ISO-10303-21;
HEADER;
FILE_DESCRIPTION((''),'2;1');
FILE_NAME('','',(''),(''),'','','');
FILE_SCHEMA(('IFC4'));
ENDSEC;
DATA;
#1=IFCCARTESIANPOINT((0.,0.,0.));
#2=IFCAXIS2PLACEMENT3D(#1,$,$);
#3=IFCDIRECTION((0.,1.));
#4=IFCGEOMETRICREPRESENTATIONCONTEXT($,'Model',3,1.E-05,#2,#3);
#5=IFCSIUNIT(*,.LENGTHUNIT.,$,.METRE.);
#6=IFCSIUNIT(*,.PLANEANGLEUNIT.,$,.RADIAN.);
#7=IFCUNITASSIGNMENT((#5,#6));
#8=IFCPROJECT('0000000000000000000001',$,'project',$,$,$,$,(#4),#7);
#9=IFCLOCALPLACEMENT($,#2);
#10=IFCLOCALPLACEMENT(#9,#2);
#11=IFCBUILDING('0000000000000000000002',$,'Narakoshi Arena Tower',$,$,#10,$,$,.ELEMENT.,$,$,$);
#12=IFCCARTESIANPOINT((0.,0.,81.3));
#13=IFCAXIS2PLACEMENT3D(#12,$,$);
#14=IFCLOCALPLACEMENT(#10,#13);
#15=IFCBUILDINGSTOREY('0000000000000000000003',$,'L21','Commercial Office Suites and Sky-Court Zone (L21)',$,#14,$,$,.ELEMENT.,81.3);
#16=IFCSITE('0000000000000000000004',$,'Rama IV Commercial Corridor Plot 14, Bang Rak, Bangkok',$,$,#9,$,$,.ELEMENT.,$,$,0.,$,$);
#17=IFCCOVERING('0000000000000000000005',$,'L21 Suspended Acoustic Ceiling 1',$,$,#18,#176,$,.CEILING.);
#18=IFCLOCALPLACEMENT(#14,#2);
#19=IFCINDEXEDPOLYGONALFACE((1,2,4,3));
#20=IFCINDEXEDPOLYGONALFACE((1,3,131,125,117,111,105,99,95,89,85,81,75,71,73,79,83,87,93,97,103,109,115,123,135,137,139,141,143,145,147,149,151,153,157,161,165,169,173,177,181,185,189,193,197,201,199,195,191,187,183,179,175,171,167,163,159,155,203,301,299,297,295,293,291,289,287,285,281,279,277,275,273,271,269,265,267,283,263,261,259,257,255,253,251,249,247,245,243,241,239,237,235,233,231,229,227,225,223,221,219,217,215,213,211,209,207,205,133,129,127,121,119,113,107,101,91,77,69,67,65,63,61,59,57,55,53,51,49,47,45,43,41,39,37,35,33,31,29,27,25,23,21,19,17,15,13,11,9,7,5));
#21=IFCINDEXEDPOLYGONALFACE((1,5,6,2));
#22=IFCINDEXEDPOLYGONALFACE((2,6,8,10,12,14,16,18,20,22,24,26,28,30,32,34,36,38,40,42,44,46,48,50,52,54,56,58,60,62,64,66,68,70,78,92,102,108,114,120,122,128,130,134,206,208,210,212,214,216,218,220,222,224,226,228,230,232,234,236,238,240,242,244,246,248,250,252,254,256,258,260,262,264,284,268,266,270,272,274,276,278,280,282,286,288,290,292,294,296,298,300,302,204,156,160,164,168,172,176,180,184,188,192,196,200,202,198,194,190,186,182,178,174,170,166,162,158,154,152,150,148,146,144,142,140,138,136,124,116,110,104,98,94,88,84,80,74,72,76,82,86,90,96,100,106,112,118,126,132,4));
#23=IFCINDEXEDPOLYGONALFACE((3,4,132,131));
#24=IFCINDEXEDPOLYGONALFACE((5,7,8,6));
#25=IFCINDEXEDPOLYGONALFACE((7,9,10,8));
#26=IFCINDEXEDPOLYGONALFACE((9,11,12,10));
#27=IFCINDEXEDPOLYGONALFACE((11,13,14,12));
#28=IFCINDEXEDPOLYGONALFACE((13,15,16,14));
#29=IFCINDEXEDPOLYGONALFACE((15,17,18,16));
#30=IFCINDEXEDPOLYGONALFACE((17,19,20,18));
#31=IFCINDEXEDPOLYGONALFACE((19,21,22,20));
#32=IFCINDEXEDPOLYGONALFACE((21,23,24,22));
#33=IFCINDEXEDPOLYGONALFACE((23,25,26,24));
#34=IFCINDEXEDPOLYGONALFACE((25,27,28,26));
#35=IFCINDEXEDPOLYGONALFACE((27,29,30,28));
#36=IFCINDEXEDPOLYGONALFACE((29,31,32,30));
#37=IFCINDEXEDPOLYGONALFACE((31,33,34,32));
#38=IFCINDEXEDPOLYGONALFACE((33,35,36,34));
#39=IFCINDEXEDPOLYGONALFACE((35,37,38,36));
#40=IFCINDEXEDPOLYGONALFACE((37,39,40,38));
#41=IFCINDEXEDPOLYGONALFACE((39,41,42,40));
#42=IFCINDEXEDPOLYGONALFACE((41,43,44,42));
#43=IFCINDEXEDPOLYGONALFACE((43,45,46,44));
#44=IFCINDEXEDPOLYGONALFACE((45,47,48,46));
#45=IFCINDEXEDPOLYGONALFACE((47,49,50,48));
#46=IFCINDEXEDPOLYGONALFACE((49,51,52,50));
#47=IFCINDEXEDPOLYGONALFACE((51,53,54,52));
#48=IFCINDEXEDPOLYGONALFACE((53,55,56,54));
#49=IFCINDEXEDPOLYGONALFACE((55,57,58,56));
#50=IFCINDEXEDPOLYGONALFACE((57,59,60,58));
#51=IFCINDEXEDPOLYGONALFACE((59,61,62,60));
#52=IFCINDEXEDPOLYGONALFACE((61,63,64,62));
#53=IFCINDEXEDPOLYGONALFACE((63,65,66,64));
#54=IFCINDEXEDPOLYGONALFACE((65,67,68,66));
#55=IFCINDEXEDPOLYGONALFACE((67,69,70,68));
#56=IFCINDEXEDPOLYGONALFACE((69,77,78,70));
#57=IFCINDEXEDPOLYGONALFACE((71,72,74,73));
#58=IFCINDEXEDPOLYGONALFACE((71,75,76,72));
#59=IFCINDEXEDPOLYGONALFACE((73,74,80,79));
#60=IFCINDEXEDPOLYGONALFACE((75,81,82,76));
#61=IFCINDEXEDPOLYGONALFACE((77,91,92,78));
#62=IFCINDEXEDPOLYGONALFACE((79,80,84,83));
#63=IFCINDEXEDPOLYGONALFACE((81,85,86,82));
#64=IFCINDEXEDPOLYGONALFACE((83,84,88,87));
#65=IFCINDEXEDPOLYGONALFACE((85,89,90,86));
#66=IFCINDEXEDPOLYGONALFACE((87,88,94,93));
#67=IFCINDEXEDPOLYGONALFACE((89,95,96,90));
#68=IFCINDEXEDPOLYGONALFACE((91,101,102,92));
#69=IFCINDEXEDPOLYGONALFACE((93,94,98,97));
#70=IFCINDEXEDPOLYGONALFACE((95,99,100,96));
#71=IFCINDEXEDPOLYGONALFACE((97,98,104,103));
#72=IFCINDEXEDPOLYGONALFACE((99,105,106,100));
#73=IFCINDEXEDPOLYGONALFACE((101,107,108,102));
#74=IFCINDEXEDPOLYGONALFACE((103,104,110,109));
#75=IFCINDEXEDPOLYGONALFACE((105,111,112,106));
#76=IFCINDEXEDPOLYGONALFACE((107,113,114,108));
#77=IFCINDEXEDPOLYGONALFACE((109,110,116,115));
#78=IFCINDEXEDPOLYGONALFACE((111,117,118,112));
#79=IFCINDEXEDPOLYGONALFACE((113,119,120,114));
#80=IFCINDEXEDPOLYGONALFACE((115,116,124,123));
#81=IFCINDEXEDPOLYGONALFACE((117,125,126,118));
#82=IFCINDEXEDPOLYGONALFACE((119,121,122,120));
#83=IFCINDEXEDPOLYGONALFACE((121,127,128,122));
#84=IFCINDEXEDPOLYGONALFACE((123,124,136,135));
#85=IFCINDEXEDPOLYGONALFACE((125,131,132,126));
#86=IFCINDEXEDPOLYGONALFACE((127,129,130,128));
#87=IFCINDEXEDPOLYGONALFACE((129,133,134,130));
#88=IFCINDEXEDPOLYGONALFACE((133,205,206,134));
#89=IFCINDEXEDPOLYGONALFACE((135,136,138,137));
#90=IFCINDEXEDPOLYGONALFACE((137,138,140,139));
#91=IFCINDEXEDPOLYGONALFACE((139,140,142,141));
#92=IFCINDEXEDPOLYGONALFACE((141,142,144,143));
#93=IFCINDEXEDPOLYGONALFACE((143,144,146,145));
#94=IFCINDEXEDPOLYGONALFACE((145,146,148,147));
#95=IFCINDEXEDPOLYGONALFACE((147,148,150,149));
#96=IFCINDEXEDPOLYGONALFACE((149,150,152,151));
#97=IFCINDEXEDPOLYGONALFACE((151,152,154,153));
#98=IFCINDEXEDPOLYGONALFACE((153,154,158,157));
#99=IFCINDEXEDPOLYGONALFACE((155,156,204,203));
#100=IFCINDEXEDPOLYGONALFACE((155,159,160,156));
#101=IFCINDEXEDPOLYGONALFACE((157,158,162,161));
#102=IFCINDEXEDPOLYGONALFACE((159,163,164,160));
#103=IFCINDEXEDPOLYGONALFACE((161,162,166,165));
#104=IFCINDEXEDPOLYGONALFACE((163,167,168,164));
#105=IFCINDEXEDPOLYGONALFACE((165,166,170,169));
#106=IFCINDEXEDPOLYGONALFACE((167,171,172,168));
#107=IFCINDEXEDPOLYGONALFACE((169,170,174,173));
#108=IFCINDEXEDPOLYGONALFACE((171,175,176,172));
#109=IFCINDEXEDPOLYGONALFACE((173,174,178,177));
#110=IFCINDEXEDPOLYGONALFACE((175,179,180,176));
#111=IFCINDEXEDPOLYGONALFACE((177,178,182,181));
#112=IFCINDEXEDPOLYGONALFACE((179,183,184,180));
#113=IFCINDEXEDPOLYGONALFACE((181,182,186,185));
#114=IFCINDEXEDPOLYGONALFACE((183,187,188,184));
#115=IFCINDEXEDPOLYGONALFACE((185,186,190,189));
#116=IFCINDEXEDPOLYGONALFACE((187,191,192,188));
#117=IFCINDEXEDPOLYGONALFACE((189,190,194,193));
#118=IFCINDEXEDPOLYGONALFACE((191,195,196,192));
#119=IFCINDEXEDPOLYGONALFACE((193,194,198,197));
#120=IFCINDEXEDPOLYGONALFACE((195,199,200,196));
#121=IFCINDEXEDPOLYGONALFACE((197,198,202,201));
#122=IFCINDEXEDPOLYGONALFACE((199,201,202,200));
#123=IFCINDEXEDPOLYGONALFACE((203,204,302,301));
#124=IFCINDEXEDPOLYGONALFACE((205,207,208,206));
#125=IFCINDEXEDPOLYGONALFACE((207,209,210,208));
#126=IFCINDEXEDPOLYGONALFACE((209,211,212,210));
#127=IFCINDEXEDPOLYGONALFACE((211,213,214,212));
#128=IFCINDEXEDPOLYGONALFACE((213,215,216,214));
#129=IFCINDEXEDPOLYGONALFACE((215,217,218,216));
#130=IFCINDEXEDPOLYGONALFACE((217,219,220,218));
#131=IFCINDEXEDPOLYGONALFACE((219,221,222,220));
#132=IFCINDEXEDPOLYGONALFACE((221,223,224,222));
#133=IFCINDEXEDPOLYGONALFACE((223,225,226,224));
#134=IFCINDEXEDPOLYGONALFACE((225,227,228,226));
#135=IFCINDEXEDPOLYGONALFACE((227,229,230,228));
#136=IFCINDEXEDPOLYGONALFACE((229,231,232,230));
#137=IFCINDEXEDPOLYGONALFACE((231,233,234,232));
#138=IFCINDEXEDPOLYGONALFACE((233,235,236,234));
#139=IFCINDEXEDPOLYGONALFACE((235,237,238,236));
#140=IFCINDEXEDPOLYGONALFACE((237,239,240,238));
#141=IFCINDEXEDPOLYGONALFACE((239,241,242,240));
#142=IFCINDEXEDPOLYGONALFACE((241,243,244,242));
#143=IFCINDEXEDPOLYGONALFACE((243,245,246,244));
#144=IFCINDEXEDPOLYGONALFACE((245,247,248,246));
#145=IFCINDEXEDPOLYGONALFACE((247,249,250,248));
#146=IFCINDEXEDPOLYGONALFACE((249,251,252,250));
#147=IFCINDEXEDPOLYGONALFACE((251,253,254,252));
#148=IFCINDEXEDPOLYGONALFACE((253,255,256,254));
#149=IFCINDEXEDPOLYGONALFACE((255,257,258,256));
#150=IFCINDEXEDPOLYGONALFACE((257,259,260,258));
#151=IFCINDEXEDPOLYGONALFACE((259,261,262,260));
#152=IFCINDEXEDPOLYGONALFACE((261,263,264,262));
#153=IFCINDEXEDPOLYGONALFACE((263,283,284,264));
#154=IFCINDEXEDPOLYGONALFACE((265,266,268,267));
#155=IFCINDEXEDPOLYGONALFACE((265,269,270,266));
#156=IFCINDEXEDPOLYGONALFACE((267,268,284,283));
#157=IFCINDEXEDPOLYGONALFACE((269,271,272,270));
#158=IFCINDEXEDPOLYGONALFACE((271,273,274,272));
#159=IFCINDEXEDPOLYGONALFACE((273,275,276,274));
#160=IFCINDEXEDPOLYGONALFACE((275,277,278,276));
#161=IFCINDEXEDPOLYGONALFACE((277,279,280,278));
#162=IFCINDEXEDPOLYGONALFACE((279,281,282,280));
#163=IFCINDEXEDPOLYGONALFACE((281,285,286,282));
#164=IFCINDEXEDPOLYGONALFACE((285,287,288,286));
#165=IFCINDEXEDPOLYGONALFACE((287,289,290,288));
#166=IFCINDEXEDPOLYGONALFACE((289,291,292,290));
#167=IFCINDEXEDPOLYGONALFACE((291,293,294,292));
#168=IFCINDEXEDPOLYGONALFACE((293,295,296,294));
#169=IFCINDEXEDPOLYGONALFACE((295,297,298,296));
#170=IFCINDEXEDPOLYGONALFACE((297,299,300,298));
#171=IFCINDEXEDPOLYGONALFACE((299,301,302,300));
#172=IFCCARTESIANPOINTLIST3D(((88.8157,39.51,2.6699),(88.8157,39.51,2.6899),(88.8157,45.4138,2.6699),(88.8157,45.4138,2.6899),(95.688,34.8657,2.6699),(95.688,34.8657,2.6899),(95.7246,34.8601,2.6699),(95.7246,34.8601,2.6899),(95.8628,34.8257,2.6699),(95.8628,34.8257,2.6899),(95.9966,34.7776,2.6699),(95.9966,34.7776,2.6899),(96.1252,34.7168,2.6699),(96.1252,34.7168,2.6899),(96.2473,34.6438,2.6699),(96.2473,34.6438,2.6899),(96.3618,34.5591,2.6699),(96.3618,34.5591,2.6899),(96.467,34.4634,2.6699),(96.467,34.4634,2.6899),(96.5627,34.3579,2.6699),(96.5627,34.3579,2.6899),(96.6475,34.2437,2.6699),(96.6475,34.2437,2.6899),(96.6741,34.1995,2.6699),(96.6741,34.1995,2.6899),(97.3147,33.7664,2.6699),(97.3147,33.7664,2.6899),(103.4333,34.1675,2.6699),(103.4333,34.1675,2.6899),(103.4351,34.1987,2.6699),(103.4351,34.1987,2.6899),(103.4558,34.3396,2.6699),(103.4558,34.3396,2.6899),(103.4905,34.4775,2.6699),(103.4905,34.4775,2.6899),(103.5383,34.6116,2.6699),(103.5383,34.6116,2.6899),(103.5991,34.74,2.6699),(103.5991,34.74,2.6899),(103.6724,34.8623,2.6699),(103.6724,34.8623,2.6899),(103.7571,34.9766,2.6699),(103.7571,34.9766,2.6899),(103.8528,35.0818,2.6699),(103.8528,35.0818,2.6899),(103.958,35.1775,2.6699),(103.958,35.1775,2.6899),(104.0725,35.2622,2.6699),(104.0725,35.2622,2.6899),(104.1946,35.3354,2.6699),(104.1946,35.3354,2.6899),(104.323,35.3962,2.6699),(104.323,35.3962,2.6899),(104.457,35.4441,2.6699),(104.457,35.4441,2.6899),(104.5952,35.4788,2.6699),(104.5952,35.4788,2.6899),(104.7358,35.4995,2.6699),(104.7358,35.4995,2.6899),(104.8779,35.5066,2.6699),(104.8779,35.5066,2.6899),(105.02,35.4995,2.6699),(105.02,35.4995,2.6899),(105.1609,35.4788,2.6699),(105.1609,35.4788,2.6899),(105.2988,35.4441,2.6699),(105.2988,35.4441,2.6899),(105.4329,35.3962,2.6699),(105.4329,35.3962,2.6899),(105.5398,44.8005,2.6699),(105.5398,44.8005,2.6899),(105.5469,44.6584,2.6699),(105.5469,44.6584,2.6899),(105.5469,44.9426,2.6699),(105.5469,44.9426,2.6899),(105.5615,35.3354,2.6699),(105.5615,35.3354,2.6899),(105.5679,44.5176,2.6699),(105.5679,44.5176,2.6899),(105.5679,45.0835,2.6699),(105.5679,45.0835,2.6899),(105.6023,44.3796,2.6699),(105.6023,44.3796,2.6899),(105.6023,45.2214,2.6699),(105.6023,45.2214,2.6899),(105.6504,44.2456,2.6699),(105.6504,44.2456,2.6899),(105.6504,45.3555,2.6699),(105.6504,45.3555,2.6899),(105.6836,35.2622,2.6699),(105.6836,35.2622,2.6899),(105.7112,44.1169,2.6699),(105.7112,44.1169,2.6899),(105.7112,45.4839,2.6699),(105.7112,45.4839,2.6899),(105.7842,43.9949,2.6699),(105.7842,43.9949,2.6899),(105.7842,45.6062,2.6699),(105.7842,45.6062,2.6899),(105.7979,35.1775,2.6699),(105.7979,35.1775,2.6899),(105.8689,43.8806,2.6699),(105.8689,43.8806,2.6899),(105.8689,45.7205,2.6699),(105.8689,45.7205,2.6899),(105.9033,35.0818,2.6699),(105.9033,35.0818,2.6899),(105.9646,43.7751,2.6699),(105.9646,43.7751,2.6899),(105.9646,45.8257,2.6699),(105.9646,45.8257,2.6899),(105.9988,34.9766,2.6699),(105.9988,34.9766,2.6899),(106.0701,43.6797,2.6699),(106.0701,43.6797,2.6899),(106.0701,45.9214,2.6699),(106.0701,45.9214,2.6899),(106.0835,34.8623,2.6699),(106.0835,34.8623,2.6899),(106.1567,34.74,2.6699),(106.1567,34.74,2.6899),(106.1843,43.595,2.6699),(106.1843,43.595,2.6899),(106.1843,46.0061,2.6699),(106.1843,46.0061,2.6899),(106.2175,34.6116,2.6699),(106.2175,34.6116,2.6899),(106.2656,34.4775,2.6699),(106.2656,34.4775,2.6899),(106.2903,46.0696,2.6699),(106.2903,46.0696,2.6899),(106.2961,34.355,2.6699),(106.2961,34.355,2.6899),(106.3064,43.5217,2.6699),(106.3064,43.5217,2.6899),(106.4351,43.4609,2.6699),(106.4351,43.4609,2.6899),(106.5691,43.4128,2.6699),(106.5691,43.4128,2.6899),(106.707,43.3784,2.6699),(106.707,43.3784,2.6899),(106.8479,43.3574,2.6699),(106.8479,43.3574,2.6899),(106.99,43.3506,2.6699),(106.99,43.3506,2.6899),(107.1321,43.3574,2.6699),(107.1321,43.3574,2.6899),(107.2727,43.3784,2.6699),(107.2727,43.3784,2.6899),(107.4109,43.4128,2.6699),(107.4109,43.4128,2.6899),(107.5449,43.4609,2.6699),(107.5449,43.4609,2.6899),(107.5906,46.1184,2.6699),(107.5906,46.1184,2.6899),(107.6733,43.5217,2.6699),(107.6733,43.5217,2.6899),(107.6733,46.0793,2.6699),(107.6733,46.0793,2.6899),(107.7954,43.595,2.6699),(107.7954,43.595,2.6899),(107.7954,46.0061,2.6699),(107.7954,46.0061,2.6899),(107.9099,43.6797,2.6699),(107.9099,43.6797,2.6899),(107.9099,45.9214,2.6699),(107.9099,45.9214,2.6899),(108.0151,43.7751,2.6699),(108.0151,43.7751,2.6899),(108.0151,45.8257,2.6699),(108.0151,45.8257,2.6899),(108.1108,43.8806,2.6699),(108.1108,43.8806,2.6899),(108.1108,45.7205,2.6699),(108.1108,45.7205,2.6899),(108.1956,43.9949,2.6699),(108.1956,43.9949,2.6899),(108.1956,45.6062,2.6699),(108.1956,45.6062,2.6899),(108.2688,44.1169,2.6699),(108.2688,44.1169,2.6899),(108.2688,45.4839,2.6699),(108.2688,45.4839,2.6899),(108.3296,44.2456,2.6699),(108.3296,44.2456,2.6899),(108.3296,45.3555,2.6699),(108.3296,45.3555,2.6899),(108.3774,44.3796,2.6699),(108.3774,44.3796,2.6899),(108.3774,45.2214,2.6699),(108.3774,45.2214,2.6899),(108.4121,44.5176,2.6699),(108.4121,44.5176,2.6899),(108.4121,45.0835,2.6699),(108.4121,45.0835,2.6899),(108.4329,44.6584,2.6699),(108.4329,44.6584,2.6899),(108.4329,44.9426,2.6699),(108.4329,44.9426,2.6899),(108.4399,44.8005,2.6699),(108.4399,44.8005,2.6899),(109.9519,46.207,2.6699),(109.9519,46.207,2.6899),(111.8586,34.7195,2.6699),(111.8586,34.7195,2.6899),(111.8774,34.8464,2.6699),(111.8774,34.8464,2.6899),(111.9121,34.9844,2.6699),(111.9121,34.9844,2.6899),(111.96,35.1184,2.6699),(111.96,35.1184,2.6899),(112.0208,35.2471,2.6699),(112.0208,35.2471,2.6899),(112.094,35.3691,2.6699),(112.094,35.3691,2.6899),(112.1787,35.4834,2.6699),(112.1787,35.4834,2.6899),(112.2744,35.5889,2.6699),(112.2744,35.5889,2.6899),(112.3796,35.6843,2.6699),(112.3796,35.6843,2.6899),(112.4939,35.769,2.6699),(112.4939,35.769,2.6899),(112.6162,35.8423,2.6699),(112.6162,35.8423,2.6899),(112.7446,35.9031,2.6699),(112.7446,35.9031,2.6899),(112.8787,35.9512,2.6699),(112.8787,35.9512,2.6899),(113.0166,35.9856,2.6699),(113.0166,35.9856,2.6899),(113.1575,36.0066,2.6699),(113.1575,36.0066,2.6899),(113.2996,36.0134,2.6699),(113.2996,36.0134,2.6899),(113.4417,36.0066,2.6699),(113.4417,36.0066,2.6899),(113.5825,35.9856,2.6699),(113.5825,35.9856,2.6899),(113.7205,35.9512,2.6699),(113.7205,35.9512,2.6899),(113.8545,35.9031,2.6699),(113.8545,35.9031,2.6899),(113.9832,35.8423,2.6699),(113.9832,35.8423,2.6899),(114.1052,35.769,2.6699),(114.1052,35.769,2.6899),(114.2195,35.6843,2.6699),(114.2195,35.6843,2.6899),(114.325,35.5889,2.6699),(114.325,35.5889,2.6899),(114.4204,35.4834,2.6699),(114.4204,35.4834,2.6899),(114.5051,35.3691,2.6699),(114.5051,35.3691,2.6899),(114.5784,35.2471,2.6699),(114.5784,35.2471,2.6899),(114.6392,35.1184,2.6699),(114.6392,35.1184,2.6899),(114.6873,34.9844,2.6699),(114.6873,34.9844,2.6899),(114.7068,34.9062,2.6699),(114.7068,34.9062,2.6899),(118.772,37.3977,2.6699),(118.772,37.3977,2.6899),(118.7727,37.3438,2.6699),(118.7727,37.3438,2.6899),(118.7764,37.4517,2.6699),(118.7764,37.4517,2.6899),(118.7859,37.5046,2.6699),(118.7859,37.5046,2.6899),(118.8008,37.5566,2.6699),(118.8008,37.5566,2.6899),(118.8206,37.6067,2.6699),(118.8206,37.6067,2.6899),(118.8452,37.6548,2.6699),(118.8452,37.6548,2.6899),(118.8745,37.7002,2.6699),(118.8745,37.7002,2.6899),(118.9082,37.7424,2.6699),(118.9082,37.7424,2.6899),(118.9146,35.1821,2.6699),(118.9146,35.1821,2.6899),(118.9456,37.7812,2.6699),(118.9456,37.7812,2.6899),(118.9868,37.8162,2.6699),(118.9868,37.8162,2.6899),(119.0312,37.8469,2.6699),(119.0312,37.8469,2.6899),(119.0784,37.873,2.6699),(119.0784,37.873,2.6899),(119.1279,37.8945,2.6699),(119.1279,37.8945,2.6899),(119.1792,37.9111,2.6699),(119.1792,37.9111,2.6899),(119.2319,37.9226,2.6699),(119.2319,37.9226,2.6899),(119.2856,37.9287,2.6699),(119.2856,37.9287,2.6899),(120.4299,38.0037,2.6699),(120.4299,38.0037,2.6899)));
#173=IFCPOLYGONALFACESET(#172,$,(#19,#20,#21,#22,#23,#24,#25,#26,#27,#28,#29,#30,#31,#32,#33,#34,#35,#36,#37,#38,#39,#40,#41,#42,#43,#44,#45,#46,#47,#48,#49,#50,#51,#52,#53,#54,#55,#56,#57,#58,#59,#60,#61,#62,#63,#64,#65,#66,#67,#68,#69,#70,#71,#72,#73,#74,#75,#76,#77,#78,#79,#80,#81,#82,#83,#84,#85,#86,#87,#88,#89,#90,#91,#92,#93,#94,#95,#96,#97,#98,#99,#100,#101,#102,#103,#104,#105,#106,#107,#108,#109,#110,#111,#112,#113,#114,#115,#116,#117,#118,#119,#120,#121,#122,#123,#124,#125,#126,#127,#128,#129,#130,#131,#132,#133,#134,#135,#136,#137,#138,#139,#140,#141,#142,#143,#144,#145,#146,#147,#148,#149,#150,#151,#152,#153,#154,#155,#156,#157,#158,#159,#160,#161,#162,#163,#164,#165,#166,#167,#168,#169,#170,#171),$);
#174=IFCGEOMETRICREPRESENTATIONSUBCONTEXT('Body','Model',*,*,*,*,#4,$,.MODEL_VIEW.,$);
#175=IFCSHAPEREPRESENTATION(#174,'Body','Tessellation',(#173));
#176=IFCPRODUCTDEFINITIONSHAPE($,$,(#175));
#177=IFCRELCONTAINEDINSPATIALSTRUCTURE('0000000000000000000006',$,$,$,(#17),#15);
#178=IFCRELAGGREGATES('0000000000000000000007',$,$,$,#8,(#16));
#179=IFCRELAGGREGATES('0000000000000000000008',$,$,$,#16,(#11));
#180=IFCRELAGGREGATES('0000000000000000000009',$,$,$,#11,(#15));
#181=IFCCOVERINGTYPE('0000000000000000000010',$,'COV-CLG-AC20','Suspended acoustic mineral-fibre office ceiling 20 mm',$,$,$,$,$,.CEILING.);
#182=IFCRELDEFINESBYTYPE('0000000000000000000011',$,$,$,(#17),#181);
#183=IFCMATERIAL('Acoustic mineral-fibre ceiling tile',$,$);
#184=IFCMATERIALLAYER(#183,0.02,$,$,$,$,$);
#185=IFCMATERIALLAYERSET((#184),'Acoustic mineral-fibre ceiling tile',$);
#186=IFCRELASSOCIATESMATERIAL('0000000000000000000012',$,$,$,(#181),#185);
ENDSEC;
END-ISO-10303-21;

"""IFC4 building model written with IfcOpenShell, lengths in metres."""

from ifc_helpers import new_model, si_unit, direction, frame, origin, place, context, subcontext, project, spatial, polyline, outline, extrude, material, layer, layer_set, type_object, element, save


model = new_model("IFC4")

# Units and contexts
model_context = context("Model", 3, precision=1e-05, world=origin(), true_north=direction((0.0, 1.0)))
body_context = subcontext(model_context, "Body", "Model", "MODEL_VIEW")
ifc_project = project(units=[si_unit("LENGTHUNIT", "METRE"), si_unit("PLANEANGLEUNIT", "RADIAN")], contexts=[model_context])

# Site, building, storey
site_placement = place(None, origin())
site = spatial("IfcSite", under=ifc_project, at=site_placement, Name="Rama IV Commercial Corridor Plot 14, Bang Rak, Bangkok", CompositionType="ELEMENT", RefElevation=0.0)
building_placement = place(site_placement, origin())
building = spatial("IfcBuilding", under=site, at=building_placement, Name="Narakoshi Arena Tower", CompositionType="ELEMENT")
storey_placement = place(building_placement, frame((0.0, 0.0, 81.3)))
storey = spatial("IfcBuildingStorey", under=building, at=storey_placement, Name="L21", Description="Commercial Office Suites and Sky-Court Zone (L21)", CompositionType="ELEMENT", Elevation=81.3)

# Covering
ifc_material_1 = material(Name="Acoustic mineral-fibre ceiling tile")
ifc_layer_1 = layer(ifc_material_1, 0.02)
ifc_layer_set_1 = layer_set([ifc_layer_1], Name="Acoustic mineral-fibre ceiling tile")
covering_type_1 = type_object("IfcCoveringType", Name="COV-CLG-AC20", Description="Suspended acoustic mineral-fibre office ceiling 20 mm", PredefinedType="CEILING", material=ifc_layer_set_1)
covering_1_placement = place(storey_placement, frame((0.0, 0.0, 2.6699)))
element("IfcCovering", 1, at=covering_1_placement, inside=storey, type_object=covering_type_1, Name="L21 Suspended Acoustic Ceiling 1", PredefinedType="CEILING", context=body_context, shape_type="SweptSolid", body=[
    extrude(outline(polyline([(119.2856, 37.9287), (119.2319, 37.9226), (119.1792, 37.9111), (119.1279, 37.8945), (119.0784, 37.873), (119.0312, 37.8469), (118.9868, 37.8162), (118.9456, 37.7812), (118.9082, 37.7424), (118.8745, 37.7002), (118.8452, 37.6548), (118.8206, 37.6067), (118.8008, 37.5566), (118.7859, 37.5046), (118.7764, 37.4517), (118.772, 37.3977), (118.7727, 37.3438), (118.9146, 35.1821), (114.7068, 34.9062), (114.6873, 34.9844), (114.6392, 35.1184), (114.5784, 35.2471), (114.5051, 35.3691), (114.4204, 35.4834), (114.325, 35.5889), (114.2195, 35.6843), (114.1052, 35.769), (113.9832, 35.8423), (113.8545, 35.9031), (113.7205, 35.9512), (113.5825, 35.9856), (113.4417, 36.0066), (113.2996, 36.0134), (113.1575, 36.0066), (113.0166, 35.9856), (112.8787, 35.9512), (112.7446, 35.9031), (112.6162, 35.8423), (112.4939, 35.769), (112.3796, 35.6843), (112.2744, 35.5889), (112.1787, 35.4834), (112.094, 35.3691), (112.0208, 35.2471), (111.96, 35.1184), (111.9121, 34.9844), (111.8774, 34.8464), (111.8586, 34.7195), (106.2961, 34.355), (106.2656, 34.4775), (106.2175, 34.6116), (106.1567, 34.74), (106.0835, 34.8623), (105.9988, 34.9766), (105.9033, 35.0818), (105.7979, 35.1775), (105.6836, 35.2622), (105.5615, 35.3354), (105.4329, 35.3962), (105.2988, 35.4441), (105.1609, 35.4788), (105.02, 35.4995), (104.8779, 35.5066), (104.7358, 35.4995), (104.5952, 35.4788), (104.457, 35.4441), (104.323, 35.3962), (104.1946, 35.3354), (104.0725, 35.2622), (103.958, 35.1775), (103.8528, 35.0818), (103.7571, 34.9766), (103.6724, 34.8623), (103.5991, 34.74), (103.5383, 34.6116), (103.4905, 34.4775), (103.4558, 34.3396), (103.4351, 34.1987), (103.4333, 34.1675), (97.3147, 33.7664), (96.6741, 34.1995), (96.6475, 34.2437), (96.5627, 34.3579), (96.467, 34.4634), (96.3618, 34.5591), (96.2473, 34.6438), (96.1252, 34.7168), (95.9966, 34.7776), (95.8628, 34.8257), (95.7246, 34.8601), (95.688, 34.8657), (88.8157, 39.51), (88.8157, 45.4138), (106.2903, 46.0696), (106.1843, 46.0061), (106.0701, 45.9214), (105.9646, 45.8257), (105.8689, 45.7205), (105.7842, 45.6062), (105.7112, 45.4839), (105.6504, 45.3555), (105.6023, 45.2214), (105.5679, 45.0835), (105.5469, 44.9426), (105.5398, 44.8005), (105.5469, 44.6584), (105.5679, 44.5176), (105.6023, 44.3796), (105.6504, 44.2456), (105.7112, 44.1169), (105.7842, 43.9949), (105.8689, 43.8806), (105.9646, 43.7751), (106.0701, 43.6797), (106.1843, 43.595), (106.3064, 43.5217), (106.4351, 43.4609), (106.5691, 43.4128), (106.707, 43.3784), (106.8479, 43.3574), (106.99, 43.3506), (107.1321, 43.3574), (107.2727, 43.3784), (107.4109, 43.4128), (107.5449, 43.4609), (107.6733, 43.5217), (107.7954, 43.595), (107.9099, 43.6797), (108.0151, 43.7751), (108.1108, 43.8806), (108.1956, 43.9949), (108.2688, 44.1169), (108.3296, 44.2456), (108.3774, 44.3796), (108.4121, 44.5176), (108.4329, 44.6584), (108.4399, 44.8005), (108.4329, 44.9426), (108.4121, 45.0835), (108.3774, 45.2214), (108.3296, 45.3555), (108.2688, 45.4839), (108.1956, 45.6062), (108.1108, 45.7205), (108.0151, 45.8257), (107.9099, 45.9214), (107.7954, 46.0061), (107.6733, 46.0793), (107.5906, 46.1184), (109.9519, 46.207), (120.4299, 38.0037), (119.2856, 37.9287)])), origin(), (0.0, 0.0, 1.0), 0.02),
])

save(model, "model.ifc")
